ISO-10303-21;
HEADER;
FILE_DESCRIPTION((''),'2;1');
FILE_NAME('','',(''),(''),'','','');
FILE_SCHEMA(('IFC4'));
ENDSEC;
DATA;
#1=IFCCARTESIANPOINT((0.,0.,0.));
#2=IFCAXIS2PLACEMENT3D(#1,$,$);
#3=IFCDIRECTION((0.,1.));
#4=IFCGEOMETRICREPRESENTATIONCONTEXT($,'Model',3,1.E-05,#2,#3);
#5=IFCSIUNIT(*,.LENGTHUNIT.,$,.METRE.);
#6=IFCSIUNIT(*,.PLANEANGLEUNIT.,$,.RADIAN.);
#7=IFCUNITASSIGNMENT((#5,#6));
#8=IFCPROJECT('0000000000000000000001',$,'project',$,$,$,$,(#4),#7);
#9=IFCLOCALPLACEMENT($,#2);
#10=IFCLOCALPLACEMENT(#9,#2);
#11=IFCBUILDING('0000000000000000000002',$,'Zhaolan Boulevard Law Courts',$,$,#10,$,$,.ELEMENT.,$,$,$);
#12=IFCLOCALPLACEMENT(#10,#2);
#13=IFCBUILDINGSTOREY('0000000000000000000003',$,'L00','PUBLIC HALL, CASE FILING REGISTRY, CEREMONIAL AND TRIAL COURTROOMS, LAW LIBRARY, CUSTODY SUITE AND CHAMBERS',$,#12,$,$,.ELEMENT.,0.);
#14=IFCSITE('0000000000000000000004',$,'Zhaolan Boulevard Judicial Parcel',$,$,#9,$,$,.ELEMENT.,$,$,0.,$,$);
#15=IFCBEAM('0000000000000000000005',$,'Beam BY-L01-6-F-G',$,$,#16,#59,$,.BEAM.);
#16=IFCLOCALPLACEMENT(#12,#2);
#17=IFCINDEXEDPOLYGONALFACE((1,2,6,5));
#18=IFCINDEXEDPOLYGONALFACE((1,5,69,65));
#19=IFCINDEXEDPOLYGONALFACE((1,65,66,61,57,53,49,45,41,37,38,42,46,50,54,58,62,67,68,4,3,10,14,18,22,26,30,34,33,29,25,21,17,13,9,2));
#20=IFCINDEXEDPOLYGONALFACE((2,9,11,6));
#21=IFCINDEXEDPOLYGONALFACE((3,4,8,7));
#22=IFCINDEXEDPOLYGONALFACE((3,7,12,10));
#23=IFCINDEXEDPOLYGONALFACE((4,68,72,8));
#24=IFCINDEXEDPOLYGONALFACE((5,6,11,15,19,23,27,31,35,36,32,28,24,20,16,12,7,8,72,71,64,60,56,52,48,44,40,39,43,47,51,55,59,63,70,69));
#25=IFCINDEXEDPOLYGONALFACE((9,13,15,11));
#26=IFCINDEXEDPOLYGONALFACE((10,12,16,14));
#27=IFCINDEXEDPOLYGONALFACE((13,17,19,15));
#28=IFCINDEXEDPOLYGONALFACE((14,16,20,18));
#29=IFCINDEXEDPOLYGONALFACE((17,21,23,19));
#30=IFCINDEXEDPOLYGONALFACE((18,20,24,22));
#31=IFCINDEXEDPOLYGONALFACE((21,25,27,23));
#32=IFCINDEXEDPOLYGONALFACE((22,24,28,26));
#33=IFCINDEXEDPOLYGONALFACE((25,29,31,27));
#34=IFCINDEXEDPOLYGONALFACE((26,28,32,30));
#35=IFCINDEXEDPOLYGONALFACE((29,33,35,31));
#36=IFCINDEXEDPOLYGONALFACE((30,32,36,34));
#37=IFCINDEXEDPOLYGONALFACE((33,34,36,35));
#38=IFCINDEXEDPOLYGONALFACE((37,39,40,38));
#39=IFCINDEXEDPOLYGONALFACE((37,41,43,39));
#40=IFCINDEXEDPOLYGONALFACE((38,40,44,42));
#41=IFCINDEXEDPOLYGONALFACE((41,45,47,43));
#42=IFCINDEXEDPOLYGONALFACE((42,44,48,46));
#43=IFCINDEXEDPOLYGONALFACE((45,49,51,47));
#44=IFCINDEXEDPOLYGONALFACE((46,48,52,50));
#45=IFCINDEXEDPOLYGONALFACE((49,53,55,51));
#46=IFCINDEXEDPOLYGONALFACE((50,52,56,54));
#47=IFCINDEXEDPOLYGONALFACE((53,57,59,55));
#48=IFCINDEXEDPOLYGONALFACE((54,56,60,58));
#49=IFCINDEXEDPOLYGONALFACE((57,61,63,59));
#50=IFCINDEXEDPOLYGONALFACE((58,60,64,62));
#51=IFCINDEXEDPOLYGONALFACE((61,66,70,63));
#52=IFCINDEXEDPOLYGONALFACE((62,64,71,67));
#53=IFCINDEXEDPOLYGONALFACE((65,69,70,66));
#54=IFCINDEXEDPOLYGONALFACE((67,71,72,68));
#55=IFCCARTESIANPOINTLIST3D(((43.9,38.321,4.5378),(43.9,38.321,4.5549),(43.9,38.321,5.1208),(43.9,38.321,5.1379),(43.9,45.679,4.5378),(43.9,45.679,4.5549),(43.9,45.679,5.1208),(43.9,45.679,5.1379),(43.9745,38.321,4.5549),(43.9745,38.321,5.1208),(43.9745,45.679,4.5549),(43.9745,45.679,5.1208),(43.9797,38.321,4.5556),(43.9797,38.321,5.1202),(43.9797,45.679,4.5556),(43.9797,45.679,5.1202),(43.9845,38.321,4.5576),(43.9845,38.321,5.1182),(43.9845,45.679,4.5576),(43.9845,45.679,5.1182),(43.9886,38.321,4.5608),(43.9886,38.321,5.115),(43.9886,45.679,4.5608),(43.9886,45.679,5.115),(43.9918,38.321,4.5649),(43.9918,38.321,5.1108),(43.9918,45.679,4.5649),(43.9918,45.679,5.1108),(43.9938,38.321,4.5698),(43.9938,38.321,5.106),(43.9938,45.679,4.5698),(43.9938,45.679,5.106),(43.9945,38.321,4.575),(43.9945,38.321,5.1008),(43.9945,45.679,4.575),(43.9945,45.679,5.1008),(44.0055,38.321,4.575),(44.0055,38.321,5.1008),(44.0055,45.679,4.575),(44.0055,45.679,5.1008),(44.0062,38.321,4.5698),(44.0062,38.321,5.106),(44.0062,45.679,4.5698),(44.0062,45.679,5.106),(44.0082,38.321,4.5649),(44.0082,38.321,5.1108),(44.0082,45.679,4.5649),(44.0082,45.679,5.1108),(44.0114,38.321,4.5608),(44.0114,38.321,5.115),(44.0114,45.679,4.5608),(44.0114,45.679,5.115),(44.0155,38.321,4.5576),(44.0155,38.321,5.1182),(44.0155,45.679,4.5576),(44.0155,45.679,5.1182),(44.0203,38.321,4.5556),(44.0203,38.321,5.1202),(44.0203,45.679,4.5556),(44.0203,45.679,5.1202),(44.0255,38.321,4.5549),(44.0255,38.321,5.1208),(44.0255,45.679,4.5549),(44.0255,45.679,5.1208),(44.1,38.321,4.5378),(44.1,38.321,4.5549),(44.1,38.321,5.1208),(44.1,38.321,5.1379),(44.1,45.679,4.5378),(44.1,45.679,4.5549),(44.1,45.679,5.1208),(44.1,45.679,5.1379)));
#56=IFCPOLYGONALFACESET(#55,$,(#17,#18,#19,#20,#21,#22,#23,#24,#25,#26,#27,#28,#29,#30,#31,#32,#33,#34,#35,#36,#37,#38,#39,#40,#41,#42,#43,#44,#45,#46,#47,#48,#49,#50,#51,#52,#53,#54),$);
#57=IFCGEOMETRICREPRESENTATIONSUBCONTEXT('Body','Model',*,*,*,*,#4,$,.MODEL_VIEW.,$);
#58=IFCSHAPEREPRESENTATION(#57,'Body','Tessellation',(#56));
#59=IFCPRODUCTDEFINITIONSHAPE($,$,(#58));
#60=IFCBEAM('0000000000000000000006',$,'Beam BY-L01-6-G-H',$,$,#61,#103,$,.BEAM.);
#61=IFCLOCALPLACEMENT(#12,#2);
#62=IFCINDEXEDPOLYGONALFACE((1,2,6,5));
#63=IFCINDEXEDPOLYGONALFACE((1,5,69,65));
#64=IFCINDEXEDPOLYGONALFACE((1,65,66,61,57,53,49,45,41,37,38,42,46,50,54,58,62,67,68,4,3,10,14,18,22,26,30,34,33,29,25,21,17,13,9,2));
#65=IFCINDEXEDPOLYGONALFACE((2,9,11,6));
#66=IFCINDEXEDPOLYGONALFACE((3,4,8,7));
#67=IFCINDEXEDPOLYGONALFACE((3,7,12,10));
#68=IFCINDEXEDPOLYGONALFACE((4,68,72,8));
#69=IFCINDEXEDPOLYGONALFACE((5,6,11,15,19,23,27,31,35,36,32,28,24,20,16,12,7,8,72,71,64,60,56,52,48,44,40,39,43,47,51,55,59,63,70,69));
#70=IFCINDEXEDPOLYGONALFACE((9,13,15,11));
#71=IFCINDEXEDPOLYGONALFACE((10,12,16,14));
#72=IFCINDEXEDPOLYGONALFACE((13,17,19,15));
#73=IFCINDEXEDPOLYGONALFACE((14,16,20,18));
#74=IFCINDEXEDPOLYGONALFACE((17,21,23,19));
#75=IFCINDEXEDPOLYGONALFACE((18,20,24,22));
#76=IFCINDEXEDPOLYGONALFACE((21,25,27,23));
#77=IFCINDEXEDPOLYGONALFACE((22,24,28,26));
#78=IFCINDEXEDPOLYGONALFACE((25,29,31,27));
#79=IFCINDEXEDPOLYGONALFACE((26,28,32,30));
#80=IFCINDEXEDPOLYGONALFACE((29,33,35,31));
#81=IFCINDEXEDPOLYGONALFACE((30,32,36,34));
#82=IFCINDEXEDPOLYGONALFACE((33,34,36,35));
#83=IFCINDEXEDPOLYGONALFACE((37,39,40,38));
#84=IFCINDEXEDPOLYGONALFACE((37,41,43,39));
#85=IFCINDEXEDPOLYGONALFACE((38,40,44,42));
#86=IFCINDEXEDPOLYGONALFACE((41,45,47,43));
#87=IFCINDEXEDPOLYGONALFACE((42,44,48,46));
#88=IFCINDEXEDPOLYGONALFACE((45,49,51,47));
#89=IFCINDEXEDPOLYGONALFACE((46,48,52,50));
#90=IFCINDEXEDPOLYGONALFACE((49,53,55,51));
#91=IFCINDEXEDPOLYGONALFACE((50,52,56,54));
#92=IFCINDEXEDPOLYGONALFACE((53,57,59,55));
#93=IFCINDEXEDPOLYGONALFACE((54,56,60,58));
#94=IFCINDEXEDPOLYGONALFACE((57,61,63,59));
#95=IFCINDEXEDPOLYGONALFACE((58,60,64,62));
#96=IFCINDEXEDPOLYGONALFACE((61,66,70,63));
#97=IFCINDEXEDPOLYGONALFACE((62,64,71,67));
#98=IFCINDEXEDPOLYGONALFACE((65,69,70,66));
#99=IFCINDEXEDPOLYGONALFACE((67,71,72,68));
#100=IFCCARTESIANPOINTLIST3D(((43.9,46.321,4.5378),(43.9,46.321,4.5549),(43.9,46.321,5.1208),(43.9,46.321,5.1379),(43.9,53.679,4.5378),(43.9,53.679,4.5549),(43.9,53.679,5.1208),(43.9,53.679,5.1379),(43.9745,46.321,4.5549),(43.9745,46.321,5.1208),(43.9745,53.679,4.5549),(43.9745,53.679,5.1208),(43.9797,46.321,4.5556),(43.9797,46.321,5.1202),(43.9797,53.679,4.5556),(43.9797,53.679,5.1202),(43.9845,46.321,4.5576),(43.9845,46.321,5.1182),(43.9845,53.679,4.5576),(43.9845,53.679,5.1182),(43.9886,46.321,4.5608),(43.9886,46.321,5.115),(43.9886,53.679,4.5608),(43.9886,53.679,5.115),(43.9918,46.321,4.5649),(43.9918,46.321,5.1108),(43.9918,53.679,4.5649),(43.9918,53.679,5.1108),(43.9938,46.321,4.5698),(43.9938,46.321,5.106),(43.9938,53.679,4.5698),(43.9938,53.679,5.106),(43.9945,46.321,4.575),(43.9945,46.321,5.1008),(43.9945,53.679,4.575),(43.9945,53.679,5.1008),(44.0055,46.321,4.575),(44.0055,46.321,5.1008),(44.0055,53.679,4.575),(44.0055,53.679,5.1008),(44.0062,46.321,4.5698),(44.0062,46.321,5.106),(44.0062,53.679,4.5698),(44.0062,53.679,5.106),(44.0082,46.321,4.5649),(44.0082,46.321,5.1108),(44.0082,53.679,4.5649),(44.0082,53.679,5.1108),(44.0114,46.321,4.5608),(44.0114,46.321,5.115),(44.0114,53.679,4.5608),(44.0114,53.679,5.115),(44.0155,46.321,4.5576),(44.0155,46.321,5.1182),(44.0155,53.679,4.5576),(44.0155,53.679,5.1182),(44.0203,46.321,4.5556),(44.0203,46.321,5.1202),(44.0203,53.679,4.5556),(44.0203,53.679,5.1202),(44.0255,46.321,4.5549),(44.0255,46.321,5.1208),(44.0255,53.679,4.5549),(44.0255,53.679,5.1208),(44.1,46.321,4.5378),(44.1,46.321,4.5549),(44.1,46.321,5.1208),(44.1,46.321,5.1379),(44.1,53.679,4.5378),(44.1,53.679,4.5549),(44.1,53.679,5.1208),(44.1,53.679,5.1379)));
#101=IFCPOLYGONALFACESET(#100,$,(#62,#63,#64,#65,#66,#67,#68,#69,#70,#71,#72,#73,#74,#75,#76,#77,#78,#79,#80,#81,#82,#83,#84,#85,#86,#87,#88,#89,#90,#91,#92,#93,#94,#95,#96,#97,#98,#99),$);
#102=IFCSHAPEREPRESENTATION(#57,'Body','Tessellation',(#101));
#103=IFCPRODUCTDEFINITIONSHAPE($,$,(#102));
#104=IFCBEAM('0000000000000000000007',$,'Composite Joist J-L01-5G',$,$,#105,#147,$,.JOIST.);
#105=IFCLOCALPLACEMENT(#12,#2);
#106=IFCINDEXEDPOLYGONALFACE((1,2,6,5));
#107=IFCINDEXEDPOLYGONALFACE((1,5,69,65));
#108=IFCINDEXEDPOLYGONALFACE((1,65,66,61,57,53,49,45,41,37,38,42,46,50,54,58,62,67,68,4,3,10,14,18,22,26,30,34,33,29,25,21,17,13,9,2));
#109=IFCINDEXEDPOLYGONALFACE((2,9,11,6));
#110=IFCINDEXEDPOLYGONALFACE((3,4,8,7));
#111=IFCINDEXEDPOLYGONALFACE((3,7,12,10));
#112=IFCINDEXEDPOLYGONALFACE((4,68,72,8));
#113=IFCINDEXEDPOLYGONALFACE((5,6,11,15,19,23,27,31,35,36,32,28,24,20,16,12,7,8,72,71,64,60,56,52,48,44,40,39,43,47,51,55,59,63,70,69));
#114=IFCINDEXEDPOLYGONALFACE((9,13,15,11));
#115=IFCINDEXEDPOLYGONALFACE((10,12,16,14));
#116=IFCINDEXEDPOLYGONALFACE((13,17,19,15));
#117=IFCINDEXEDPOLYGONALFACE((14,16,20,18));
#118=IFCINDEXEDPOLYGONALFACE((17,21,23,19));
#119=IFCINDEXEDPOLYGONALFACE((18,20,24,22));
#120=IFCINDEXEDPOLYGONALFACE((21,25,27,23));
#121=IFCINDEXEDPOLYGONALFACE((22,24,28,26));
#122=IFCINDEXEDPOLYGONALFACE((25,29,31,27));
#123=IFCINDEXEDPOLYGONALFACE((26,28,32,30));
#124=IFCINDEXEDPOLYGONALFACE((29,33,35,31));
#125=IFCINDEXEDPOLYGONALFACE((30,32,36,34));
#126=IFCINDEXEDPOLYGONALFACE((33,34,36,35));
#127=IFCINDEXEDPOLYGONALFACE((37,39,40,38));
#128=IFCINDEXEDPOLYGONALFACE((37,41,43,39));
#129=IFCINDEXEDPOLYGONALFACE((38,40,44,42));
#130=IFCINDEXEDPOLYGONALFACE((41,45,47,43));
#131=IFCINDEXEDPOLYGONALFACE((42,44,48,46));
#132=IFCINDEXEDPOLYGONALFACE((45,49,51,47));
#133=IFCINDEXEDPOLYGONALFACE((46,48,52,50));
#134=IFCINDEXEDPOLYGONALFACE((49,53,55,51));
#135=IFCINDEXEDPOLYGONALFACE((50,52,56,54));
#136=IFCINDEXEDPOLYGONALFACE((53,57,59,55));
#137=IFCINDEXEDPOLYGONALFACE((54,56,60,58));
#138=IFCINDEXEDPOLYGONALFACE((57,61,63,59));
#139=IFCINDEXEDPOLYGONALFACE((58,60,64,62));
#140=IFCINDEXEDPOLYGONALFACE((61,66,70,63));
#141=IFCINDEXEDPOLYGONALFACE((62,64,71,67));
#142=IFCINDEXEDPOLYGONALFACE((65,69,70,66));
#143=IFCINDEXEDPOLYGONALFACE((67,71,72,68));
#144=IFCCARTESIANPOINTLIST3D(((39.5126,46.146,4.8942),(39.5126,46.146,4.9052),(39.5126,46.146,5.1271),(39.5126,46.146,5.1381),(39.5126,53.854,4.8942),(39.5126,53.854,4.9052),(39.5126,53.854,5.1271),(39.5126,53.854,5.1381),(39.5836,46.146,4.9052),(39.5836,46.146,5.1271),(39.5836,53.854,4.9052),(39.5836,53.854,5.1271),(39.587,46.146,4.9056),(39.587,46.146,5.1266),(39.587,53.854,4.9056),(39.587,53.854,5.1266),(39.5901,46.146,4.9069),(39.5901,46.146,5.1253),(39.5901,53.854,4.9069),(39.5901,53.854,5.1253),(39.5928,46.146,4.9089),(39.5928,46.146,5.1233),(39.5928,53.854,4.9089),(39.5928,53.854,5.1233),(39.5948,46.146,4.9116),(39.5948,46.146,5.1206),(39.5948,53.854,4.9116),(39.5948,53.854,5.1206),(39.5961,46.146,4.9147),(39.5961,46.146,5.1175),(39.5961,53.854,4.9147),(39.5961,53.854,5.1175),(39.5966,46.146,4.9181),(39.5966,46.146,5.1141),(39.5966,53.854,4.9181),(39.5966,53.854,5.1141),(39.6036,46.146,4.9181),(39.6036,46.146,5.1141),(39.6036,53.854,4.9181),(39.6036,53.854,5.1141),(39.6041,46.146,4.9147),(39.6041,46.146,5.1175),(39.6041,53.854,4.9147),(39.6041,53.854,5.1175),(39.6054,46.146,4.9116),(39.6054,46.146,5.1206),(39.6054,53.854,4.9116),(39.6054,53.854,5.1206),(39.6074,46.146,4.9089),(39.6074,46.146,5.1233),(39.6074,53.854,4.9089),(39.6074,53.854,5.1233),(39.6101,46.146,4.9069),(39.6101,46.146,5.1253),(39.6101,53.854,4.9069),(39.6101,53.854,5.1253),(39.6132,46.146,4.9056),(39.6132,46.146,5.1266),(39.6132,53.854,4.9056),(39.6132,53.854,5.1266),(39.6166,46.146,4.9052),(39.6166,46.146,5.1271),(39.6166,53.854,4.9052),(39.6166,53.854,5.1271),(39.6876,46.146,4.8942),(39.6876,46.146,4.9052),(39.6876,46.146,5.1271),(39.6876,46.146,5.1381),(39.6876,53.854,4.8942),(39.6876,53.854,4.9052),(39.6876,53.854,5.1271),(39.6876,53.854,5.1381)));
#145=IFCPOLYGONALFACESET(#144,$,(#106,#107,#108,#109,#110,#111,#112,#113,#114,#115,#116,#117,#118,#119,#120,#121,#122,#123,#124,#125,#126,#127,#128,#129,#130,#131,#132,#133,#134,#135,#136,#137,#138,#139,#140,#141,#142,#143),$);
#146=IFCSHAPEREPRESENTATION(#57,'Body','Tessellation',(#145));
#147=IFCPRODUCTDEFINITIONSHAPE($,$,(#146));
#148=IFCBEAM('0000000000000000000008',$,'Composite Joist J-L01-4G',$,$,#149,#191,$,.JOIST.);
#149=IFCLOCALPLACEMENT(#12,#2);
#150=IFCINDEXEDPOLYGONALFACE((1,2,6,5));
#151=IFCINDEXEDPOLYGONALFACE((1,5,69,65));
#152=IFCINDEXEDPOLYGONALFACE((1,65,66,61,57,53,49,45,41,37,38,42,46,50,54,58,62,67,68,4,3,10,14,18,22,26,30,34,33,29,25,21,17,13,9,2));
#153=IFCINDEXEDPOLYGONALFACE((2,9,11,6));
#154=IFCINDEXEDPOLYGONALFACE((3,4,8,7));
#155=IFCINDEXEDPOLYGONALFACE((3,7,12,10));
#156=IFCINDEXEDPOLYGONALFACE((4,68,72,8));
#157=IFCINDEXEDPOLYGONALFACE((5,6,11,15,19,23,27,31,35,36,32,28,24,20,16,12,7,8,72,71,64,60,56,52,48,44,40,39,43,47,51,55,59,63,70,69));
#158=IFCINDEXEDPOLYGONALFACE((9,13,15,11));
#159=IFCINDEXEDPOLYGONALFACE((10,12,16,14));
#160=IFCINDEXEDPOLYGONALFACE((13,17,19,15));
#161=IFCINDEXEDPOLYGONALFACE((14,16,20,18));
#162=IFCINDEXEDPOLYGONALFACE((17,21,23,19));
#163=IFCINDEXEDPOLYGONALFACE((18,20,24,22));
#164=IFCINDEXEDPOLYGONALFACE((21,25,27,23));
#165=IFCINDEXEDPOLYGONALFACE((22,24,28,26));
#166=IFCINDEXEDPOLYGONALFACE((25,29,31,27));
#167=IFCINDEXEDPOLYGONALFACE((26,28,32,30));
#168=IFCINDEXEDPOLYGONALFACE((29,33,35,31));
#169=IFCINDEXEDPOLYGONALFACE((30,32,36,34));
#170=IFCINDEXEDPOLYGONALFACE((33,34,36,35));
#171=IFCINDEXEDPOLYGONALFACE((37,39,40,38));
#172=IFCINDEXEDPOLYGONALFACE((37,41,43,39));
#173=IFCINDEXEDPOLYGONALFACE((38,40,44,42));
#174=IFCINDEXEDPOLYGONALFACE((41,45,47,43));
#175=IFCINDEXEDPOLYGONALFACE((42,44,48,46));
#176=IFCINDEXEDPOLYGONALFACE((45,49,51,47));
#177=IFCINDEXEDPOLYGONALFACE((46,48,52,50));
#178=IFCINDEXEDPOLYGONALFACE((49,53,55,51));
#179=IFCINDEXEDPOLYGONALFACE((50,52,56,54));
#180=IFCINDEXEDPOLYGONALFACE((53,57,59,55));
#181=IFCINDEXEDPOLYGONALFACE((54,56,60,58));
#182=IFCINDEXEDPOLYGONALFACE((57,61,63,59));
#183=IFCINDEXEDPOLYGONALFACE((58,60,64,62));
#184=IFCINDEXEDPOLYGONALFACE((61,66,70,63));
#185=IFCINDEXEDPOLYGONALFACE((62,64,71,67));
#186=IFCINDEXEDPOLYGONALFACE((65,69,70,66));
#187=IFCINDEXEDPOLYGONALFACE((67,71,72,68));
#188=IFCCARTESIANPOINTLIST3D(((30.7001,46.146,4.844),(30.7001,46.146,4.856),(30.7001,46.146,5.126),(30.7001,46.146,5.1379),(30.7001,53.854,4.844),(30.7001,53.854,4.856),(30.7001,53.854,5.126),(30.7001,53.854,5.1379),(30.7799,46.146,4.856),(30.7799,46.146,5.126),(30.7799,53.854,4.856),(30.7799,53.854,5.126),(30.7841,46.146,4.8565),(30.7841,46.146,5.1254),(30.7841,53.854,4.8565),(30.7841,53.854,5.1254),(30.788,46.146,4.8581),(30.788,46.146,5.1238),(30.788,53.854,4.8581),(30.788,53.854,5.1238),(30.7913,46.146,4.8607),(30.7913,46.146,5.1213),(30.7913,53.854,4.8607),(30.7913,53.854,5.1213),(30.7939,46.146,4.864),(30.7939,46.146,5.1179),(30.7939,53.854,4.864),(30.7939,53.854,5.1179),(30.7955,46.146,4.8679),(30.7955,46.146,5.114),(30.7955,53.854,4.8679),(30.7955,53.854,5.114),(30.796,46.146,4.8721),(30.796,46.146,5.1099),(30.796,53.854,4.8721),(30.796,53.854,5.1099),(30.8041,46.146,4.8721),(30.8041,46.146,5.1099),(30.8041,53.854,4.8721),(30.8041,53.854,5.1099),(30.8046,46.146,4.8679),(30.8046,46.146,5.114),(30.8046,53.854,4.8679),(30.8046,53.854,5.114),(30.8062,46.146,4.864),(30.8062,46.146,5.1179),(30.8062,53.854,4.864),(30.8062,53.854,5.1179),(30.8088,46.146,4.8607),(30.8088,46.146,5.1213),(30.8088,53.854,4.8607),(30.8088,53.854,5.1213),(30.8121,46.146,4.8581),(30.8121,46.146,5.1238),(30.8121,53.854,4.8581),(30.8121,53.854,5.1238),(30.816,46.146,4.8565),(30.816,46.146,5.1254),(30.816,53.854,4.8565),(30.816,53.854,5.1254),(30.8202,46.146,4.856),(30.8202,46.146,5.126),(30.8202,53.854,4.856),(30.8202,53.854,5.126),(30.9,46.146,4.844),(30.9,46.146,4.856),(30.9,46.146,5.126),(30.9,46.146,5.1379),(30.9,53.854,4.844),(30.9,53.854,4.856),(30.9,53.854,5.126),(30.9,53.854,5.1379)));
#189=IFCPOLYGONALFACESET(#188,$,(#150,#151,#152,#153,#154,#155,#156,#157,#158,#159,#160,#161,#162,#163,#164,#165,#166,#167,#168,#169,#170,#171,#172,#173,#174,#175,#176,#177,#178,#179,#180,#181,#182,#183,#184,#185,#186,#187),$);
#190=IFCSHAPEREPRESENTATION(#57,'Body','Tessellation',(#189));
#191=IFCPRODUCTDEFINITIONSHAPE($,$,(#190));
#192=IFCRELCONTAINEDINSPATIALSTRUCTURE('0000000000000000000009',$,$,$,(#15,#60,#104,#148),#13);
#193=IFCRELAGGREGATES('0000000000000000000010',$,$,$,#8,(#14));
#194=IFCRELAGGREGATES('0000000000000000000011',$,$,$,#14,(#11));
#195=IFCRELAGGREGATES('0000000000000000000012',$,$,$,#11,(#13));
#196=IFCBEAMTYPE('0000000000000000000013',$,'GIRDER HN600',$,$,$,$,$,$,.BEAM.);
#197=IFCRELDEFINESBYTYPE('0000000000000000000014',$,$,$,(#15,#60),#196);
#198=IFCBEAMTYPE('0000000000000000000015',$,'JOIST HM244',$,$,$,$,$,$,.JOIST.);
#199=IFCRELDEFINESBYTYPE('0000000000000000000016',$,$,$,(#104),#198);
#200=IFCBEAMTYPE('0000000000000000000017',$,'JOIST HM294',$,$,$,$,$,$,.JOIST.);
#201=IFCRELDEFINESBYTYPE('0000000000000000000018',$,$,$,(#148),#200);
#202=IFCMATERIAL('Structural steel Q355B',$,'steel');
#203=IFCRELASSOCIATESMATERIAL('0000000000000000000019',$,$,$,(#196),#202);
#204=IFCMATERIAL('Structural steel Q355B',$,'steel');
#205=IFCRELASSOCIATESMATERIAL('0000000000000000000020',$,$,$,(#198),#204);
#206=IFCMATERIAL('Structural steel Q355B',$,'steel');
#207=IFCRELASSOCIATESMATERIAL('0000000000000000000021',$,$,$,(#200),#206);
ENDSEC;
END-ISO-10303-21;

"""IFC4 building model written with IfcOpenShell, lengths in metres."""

from ifc_helpers import new_model, si_unit, direction, frame, origin, origin_2d, place, context, subcontext, project, spatial, i_section, extrude, material, material_profile, profile_set, type_object, element, save


model = new_model("IFC4")

# Units and contexts
model_context = context("Model", 3, precision=1e-05, world=origin(), true_north=direction((0.0, 1.0)))
body_context = subcontext(model_context, "Body", "Model", "MODEL_VIEW")
ifc_project = project(units=[si_unit("LENGTHUNIT", "METRE"), si_unit("PLANEANGLEUNIT", "RADIAN")], contexts=[model_context])

# Site, building, storey
site_placement = place(None, origin())
site = spatial("IfcSite", under=ifc_project, at=site_placement, Name="Zhaolan Boulevard Judicial Parcel", CompositionType="ELEMENT", RefElevation=0.0)
building_placement = place(site_placement, origin())
building = spatial("IfcBuilding", under=site, at=building_placement, Name="Zhaolan Boulevard Law Courts", CompositionType="ELEMENT")
storey_placement = place(building_placement, origin())
storey = spatial("IfcBuildingStorey", under=building, at=storey_placement, Name="L00", Description="PUBLIC HALL, CASE FILING REGISTRY, CEREMONIAL AND TRIAL COURTROOMS, LAW LIBRARY, CUSTODY SUITE AND CHAMBERS", CompositionType="ELEMENT", Elevation=0.0)

# Beams
ifc_material_1 = material(Name="Structural steel Q355B", Category="steel")
ifc_material_profile_1 = material_profile(ifc_material_1, i_section(OverallWidth=0.2, OverallDepth=0.6001, WebThickness=0.011, FlangeThickness=0.0171, FilletRadius=0.02, at=origin_2d()), Name="HN600x200")
ifc_profile_set_1 = profile_set([ifc_material_profile_1], Name="Structural steel Q355B")
beam_type_1 = type_object("IfcBeamType", Name="GIRDER HN600", PredefinedType="BEAM", material=ifc_profile_set_1)
for number, where, z_axis, x_axis, name in (
    (1, (44.0, 38.321, 4.8379), (0.0, 1.0, 0.0), (-1.0, 0.0, 0.0), "Beam BY-L01-6-F-G"),
    (2, (44.0, 46.321, 4.8379), (0.0, 1.0, 0.0), (-1.0, 0.0, 0.0), "Beam BY-L01-6-G-H"),
):
    element("IfcBeam", number, at=place(storey_placement, frame(where, z_axis=z_axis, x_axis=x_axis)), inside=storey, type_object=beam_type_1, Name=name, PredefinedType="BEAM", context=body_context, shape_type="SweptSolid", body=[
        extrude(i_section(OverallWidth=0.2, OverallDepth=0.6001, WebThickness=0.011, FlangeThickness=0.0171, FilletRadius=0.02, at=origin_2d()), origin(), (0.0, 0.0, 1.0), 7.3579),
    ])
ifc_material_2 = material(Name="Structural steel Q355B", Category="steel")
ifc_material_profile_2 = material_profile(ifc_material_2, i_section(OverallWidth=0.175, OverallDepth=0.2439, WebThickness=0.0071, FlangeThickness=0.011, FilletRadius=0.0129, at=origin_2d()), Name="HM244x175")
ifc_profile_set_2 = profile_set([ifc_material_profile_2], Name="Structural steel Q355B")
beam_type_2 = type_object("IfcBeamType", Name="JOIST HM244", PredefinedType="JOIST", material=ifc_profile_set_2)
beam_1_placement = place(storey_placement, frame((39.6001, 46.146, 5.0161), z_axis=(0.0, 1.0, 0.0), x_axis=(-1.0, 0.0, 0.0)))
element("IfcBeam", 3, at=beam_1_placement, inside=storey, type_object=beam_type_2, Name="Composite Joist J-L01-5G", PredefinedType="JOIST", context=body_context, shape_type="SweptSolid", body=[
    extrude(i_section(OverallWidth=0.175, OverallDepth=0.2439, WebThickness=0.0071, FlangeThickness=0.011, FilletRadius=0.0129, at=origin_2d()), origin(), (0.0, 0.0, 1.0), 7.708),
])
ifc_material_3 = material(Name="Structural steel Q355B", Category="steel")
ifc_material_profile_3 = material_profile(ifc_material_3, i_section(OverallWidth=0.2, OverallDepth=0.2939, WebThickness=0.0081, FlangeThickness=0.012, FilletRadius=0.0161, at=origin_2d()), Name="HM294x200")
ifc_profile_set_3 = profile_set([ifc_material_profile_3], Name="Structural steel Q355B")
beam_type_3 = type_object("IfcBeamType", Name="JOIST HM294", PredefinedType="JOIST", material=ifc_profile_set_3)
beam_2_placement = place(storey_placement, frame((30.8, 46.146, 4.991), z_axis=(0.0, 1.0, 0.0), x_axis=(-1.0, 0.0, 0.0)))
element("IfcBeam", 4, at=beam_2_placement, inside=storey, type_object=beam_type_3, Name="Composite Joist J-L01-4G", PredefinedType="JOIST", context=body_context, shape_type="SweptSolid", body=[
    extrude(i_section(OverallWidth=0.2, OverallDepth=0.2939, WebThickness=0.0081, FlangeThickness=0.012, FilletRadius=0.0161, at=origin_2d()), origin(), (0.0, 0.0, 1.0), 7.708),
])

save(model, "model.ifc")
